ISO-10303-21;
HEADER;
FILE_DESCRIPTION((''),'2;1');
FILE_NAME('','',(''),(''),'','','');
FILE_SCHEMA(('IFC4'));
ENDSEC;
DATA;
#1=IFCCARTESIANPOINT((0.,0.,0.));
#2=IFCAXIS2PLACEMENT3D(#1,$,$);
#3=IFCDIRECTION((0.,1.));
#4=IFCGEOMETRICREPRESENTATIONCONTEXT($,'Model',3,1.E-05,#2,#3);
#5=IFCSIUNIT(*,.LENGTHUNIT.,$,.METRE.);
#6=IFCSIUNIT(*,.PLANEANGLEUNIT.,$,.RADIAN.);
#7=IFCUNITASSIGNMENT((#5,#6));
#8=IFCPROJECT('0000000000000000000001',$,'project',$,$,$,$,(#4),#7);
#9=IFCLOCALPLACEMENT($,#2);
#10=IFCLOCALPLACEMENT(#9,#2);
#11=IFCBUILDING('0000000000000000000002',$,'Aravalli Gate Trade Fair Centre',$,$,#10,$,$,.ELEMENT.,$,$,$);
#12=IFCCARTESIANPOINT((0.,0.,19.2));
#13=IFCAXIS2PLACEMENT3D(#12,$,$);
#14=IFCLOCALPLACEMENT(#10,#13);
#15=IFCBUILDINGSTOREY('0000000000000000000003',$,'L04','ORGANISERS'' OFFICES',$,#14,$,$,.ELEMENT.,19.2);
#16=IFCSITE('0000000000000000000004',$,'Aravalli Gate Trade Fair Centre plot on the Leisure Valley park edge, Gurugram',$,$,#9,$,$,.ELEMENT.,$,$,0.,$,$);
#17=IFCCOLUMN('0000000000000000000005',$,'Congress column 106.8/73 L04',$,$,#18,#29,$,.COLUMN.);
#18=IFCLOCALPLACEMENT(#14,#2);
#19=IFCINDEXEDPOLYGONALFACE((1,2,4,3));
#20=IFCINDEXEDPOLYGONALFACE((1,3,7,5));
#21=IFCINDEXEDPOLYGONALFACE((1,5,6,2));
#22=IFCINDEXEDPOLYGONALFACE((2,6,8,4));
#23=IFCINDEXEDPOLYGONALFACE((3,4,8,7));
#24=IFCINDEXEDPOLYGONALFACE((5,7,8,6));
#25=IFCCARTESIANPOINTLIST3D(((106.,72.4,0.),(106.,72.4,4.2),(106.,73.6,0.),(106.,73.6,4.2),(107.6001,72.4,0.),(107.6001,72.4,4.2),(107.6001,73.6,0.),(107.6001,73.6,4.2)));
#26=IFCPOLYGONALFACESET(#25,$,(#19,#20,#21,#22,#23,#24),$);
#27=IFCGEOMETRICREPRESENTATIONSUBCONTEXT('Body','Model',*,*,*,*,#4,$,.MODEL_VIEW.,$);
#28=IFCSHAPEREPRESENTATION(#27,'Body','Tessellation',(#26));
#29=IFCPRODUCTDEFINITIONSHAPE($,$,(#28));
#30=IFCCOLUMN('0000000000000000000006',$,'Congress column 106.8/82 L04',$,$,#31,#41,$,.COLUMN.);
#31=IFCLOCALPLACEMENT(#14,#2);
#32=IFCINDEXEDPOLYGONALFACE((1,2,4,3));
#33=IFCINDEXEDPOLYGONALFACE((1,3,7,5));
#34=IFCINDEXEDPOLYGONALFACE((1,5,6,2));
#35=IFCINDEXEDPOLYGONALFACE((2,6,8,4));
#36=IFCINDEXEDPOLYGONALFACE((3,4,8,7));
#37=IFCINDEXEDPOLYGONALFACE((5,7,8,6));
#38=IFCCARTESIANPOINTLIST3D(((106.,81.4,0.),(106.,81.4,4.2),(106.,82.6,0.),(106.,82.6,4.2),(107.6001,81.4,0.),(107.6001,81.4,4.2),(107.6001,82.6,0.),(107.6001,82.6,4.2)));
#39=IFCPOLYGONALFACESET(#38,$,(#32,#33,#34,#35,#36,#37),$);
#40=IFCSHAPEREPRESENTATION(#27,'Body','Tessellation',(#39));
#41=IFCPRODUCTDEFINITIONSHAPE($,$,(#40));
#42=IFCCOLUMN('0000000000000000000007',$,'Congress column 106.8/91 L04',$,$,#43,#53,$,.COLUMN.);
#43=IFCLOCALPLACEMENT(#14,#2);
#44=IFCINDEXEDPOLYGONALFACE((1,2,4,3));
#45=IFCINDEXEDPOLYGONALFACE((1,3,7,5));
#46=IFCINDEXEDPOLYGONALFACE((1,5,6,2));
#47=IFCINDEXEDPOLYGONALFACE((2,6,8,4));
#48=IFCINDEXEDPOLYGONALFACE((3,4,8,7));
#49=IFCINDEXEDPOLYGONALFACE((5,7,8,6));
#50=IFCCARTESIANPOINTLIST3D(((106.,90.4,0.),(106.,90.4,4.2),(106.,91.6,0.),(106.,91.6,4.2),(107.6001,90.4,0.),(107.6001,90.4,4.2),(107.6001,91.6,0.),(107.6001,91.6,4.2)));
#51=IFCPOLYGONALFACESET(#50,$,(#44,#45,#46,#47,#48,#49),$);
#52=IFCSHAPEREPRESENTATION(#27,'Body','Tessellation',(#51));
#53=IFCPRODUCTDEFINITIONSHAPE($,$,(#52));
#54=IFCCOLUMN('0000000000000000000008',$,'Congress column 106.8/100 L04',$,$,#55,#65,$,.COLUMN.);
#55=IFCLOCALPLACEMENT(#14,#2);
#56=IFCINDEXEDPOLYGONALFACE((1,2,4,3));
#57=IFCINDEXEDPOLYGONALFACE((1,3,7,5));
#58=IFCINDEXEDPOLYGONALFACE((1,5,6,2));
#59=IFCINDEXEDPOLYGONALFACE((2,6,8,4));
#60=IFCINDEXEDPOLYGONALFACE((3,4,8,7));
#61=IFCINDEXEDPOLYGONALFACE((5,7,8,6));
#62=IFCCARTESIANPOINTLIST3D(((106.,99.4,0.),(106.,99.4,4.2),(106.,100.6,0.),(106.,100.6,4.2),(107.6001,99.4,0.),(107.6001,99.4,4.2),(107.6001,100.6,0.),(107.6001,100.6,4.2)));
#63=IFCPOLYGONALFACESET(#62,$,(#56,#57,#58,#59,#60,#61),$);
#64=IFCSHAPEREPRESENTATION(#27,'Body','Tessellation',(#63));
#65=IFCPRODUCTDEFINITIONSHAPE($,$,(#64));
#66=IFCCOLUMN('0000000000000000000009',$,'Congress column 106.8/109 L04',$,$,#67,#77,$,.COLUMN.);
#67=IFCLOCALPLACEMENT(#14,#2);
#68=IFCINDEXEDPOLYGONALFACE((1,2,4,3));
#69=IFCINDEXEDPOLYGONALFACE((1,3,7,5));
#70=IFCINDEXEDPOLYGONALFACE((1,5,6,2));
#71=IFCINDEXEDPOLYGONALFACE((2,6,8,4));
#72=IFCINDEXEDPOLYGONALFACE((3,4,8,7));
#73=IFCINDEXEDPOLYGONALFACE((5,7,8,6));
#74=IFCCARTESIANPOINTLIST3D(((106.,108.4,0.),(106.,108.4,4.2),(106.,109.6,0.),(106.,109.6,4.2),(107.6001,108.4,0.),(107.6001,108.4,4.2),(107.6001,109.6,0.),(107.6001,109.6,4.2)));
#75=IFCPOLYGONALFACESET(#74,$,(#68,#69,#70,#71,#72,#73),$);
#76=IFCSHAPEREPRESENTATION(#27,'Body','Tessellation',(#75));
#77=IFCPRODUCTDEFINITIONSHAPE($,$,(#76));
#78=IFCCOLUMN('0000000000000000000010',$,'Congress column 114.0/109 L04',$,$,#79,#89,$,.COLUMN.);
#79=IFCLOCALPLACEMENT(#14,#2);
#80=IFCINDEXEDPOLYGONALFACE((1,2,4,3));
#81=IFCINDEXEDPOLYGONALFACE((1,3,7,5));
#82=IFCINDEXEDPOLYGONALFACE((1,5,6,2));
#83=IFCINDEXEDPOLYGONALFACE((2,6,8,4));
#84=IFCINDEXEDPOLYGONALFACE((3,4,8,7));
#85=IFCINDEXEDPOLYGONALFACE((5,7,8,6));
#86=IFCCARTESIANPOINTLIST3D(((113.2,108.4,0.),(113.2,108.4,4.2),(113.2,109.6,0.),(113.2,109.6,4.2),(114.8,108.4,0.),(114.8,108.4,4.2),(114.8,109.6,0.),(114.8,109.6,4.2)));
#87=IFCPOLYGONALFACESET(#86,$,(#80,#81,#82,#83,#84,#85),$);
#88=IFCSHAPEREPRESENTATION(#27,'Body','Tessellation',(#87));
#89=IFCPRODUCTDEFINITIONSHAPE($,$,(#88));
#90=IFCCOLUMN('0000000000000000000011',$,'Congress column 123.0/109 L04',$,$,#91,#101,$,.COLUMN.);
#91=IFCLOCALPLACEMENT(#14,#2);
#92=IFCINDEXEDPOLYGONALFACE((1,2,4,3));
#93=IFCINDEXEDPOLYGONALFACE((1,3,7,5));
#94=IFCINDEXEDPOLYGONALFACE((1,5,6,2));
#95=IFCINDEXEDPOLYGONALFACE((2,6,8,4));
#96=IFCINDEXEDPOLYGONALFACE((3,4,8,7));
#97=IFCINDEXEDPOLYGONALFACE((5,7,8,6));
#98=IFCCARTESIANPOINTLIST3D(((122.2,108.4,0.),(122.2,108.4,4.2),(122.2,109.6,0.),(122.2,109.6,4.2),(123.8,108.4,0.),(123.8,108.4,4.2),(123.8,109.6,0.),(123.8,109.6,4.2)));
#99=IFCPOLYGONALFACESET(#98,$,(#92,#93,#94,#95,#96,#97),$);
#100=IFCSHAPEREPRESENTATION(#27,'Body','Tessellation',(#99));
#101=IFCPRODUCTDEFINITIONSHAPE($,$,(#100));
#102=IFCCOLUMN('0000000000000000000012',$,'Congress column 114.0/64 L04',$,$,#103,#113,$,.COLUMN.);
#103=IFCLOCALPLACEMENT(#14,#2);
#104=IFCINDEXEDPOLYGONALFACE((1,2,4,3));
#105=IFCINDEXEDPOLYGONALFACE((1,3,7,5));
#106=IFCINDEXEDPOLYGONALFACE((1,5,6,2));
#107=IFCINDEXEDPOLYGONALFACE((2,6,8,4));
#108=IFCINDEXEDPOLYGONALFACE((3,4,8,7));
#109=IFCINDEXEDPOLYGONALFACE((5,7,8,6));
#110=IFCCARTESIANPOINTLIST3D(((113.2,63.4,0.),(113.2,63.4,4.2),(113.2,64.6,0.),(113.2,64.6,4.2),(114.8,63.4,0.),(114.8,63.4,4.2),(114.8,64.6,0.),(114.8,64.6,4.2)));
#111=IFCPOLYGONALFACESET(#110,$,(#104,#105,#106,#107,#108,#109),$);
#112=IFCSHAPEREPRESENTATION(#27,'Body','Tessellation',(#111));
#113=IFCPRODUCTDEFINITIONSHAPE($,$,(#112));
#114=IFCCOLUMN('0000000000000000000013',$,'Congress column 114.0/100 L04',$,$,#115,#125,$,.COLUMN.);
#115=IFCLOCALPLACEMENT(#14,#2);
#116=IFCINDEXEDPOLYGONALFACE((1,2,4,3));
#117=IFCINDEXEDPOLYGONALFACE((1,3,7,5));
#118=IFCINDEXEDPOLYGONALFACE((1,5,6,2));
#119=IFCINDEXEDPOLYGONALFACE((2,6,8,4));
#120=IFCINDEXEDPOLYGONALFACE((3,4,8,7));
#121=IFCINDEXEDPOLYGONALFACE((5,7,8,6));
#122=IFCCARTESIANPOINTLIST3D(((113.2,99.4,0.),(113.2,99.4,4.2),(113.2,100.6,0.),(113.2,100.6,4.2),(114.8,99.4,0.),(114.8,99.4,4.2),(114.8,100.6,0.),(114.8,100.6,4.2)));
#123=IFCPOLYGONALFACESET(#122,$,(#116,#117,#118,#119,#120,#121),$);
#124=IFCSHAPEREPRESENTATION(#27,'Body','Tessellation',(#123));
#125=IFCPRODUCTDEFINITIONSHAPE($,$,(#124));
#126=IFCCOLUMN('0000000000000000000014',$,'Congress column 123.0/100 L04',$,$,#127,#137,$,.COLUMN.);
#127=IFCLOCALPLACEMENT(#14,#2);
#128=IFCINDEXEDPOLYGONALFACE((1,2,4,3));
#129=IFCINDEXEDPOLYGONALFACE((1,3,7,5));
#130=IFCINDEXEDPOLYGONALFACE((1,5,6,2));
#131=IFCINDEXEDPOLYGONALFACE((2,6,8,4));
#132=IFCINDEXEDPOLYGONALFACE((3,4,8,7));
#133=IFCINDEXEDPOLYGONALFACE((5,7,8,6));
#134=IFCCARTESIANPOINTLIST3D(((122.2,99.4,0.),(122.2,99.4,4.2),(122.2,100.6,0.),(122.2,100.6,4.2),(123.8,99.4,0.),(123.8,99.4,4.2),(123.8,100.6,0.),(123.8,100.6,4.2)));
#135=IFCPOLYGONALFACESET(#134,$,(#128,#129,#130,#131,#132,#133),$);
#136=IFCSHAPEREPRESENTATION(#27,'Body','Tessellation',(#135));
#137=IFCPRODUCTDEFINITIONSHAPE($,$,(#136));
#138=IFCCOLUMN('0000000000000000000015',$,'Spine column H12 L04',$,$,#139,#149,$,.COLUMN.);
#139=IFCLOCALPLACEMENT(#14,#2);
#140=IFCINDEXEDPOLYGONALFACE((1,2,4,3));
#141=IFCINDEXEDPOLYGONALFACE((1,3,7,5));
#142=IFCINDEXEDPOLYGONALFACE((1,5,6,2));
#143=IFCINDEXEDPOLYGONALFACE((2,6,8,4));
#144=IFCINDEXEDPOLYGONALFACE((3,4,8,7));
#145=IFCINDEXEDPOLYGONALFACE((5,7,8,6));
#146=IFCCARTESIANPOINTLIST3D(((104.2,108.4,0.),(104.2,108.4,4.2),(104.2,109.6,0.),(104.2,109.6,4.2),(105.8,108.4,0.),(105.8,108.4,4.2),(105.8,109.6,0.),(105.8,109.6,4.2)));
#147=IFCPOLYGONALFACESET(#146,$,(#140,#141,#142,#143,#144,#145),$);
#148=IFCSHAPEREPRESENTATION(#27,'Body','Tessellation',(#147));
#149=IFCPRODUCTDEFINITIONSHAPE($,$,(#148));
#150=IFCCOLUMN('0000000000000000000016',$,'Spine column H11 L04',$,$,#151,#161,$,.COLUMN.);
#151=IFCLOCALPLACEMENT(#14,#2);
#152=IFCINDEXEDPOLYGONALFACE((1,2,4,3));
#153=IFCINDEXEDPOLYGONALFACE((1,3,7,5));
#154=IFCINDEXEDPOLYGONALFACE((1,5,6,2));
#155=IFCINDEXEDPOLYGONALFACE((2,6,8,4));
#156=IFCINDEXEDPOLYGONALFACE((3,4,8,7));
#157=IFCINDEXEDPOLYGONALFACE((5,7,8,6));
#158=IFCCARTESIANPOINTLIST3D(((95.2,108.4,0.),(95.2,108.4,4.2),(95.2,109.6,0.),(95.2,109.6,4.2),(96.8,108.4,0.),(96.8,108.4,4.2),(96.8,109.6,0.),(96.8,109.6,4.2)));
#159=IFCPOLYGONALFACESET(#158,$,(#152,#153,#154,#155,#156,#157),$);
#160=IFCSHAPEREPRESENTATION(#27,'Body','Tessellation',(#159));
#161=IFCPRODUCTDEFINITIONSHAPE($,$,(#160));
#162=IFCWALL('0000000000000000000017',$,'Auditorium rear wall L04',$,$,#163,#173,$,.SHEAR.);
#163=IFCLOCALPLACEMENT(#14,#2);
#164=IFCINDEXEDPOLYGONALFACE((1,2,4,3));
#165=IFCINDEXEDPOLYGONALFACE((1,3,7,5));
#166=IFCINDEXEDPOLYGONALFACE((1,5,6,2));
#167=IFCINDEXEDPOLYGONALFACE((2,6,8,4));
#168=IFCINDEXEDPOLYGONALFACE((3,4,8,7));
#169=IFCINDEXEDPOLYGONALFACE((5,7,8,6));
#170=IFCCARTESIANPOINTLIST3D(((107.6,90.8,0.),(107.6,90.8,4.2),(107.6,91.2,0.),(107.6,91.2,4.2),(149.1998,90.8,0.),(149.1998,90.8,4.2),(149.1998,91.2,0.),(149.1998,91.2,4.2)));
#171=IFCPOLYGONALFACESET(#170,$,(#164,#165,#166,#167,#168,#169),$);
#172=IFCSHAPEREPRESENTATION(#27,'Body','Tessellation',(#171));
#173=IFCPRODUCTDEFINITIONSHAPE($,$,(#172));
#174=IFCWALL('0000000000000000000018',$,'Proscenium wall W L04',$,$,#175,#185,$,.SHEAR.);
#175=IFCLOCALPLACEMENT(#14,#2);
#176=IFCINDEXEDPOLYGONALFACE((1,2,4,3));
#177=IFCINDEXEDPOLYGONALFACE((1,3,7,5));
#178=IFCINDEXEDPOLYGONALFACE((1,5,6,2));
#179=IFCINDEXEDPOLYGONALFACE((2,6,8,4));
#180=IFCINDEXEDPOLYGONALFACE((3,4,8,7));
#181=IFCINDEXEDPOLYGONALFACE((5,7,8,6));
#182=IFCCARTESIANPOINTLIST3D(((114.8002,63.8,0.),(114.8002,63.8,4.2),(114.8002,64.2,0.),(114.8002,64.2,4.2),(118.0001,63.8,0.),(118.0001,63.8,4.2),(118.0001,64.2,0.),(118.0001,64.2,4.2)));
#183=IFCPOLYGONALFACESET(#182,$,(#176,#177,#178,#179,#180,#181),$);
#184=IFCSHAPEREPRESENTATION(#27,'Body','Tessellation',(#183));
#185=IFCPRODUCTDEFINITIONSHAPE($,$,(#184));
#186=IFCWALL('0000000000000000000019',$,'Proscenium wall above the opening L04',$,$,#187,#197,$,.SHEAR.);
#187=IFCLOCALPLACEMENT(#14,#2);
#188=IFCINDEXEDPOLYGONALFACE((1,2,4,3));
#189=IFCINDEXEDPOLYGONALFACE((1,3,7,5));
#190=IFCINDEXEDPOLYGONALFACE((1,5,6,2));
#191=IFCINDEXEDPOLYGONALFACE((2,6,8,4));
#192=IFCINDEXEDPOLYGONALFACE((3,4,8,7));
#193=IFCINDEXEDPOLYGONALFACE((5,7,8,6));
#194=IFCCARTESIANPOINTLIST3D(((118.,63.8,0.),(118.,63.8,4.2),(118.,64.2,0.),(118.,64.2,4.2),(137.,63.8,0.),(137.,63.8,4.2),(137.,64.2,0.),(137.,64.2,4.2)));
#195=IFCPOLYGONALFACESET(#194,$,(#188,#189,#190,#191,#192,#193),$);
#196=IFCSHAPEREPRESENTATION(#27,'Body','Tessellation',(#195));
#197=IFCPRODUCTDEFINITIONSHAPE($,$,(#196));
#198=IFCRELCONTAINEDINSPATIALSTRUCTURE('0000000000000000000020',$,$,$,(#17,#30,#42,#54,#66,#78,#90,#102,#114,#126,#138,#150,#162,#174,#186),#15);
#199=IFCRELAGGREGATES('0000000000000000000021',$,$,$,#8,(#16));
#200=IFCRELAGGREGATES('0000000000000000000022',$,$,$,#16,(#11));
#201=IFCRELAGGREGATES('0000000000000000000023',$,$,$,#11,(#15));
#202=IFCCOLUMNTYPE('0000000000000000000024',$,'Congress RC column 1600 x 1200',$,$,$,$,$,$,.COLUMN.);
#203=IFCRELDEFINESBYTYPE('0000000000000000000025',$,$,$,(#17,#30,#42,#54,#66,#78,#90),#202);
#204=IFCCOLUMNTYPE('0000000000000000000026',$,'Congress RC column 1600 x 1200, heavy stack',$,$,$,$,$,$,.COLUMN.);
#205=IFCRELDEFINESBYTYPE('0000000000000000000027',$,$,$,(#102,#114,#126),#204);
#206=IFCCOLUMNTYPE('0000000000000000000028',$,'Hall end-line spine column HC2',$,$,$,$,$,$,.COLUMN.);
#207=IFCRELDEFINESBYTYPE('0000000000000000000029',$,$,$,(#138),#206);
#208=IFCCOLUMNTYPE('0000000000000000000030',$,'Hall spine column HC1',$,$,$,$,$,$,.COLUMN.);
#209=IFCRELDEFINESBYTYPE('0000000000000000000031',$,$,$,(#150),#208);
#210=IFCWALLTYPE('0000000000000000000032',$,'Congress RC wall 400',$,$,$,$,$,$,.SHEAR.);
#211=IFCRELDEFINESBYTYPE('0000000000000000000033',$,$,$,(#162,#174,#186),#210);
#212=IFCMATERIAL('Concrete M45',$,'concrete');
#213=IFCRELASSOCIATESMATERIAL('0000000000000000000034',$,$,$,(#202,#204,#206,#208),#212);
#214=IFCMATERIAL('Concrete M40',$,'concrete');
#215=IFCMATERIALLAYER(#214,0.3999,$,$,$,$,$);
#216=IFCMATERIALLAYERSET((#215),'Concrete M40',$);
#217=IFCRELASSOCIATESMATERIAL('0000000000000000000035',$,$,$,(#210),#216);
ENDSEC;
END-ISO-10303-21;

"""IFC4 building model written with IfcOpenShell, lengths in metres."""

from ifc_helpers import new_model, si_unit, direction, frame, frame_2d, origin, origin_2d, place, context, subcontext, project, spatial, rectangle, extrude, material, layer, layer_set, material_profile, profile_set, type_object, element, save


model = new_model("IFC4")

# Units and contexts
model_context = context("Model", 3, precision=1e-05, world=origin(), true_north=direction((0.0, 1.0)))
body_context = subcontext(model_context, "Body", "Model", "MODEL_VIEW")
ifc_project = project(units=[si_unit("LENGTHUNIT", "METRE"), si_unit("PLANEANGLEUNIT", "RADIAN")], contexts=[model_context])

# Site, building, storey
site_placement = place(None, origin())
site = spatial("IfcSite", under=ifc_project, at=site_placement, Name="Aravalli Gate Trade Fair Centre plot on the Leisure Valley park edge, Gurugram", CompositionType="ELEMENT", RefElevation=0.0)
building_placement = place(site_placement, origin())
building = spatial("IfcBuilding", under=site, at=building_placement, Name="Aravalli Gate Trade Fair Centre", CompositionType="ELEMENT")
storey_placement = place(building_placement, frame((0.0, 0.0, 19.2)))
storey = spatial("IfcBuildingStorey", under=building, at=storey_placement, Name="L04", Description="ORGANISERS' OFFICES", CompositionType="ELEMENT", Elevation=19.2)

# Columns
ifc_material_1 = material(Name="Concrete M45", Category="concrete")
ifc_material_profile_1 = material_profile(ifc_material_1, rectangle(XDim=1.6001, YDim=1.2, at=origin_2d()), Name="RC 1600x1200")
ifc_profile_set_1 = profile_set([ifc_material_profile_1], Name="Concrete M45")
column_type_1 = type_object("IfcColumnType", Name="Congress RC column 1600 x 1200", PredefinedType="COLUMN", material=ifc_profile_set_1)
for number, where, z_axis, x_axis, name in (
    (1, (106.8, 73.0, 0.0), (0.0, 0.0, 1.0), (1.0, 0.0, 0.0), "Congress column 106.8/73 L04"),
    (2, (106.8, 82.0, 0.0), (0.0, 0.0, 1.0), (1.0, 0.0, 0.0), "Congress column 106.8/82 L04"),
    (3, (106.8, 91.0, 0.0), (0.0, 0.0, 1.0), (1.0, 0.0, 0.0), "Congress column 106.8/91 L04"),
    (4, (106.8, 100.0, 0.0), (0.0, 0.0, 1.0), (1.0, 0.0, 0.0), "Congress column 106.8/100 L04"),
    (5, (106.8, 109.0, 0.0), (0.0, 0.0, 1.0), (1.0, 0.0, 0.0), "Congress column 106.8/109 L04"),
    (6, (114.0, 109.0, 0.0), (0.0, 0.0, 1.0), (1.0, 0.0, 0.0), "Congress column 114.0/109 L04"),
    (7, (123.0, 109.0, 0.0), (0.0, 0.0, 1.0), (1.0, 0.0, 0.0), "Congress column 123.0/109 L04"),
):
    element("IfcColumn", number, at=place(storey_placement, frame(where, z_axis=z_axis, x_axis=x_axis)), inside=storey, type_object=column_type_1, Name=name, PredefinedType="COLUMN", context=body_context, shape_type="SweptSolid", body=[
        extrude(rectangle(XDim=1.6001, YDim=1.2, at=origin_2d()), origin(), (0.0, 0.0, 1.0), 4.2),
    ])
ifc_material_profile_2 = material_profile(ifc_material_1, rectangle(XDim=1.6001, YDim=1.2, at=origin_2d()), Name="RC 1600x1200")
ifc_profile_set_2 = profile_set([ifc_material_profile_2], Name="Concrete M45")
column_type_2 = type_object("IfcColumnType", Name="Congress RC column 1600 x 1200, heavy stack", PredefinedType="COLUMN", material=ifc_profile_set_2)
for number, where, z_axis, x_axis, name in (
    (8, (114.0, 64.0, 0.0), (0.0, 0.0, 1.0), (1.0, 0.0, 0.0), "Congress column 114.0/64 L04"),
    (9, (114.0, 100.0, 0.0), (0.0, 0.0, 1.0), (1.0, 0.0, 0.0), "Congress column 114.0/100 L04"),
    (10, (123.0, 100.0, 0.0), (0.0, 0.0, 1.0), (1.0, 0.0, 0.0), "Congress column 123.0/100 L04"),
):
    element("IfcColumn", number, at=place(storey_placement, frame(where, z_axis=z_axis, x_axis=x_axis)), inside=storey, type_object=column_type_2, Name=name, PredefinedType="COLUMN", context=body_context, shape_type="SweptSolid", body=[
        extrude(rectangle(XDim=1.6001, YDim=1.2, at=origin_2d()), origin(), (0.0, 0.0, 1.0), 4.2),
    ])
ifc_material_profile_3 = material_profile(ifc_material_1, rectangle(XDim=1.6001, YDim=1.2, at=origin_2d()), Name="RC 1600x1200")
ifc_profile_set_3 = profile_set([ifc_material_profile_3], Name="Concrete M45")
column_type_3 = type_object("IfcColumnType", Name="Hall end-line spine column HC2", PredefinedType="COLUMN", material=ifc_profile_set_3)
column_1_placement = place(storey_placement, frame((105.0, 109.0, 0.0), z_axis=(0.0, 0.0, 1.0), x_axis=(1.0, 0.0, 0.0)))
element("IfcColumn", 11, at=column_1_placement, inside=storey, type_object=column_type_3, Name="Spine column H12 L04", PredefinedType="COLUMN", context=body_context, shape_type="SweptSolid", body=[
    extrude(rectangle(XDim=1.6001, YDim=1.2, at=origin_2d()), origin(), (0.0, 0.0, 1.0), 4.2),
])
ifc_material_profile_4 = material_profile(ifc_material_1, rectangle(XDim=1.6001, YDim=1.2, at=origin_2d()), Name="RC 1600x1200")
ifc_profile_set_4 = profile_set([ifc_material_profile_4], Name="Concrete M45")
column_type_4 = type_object("IfcColumnType", Name="Hall spine column HC1", PredefinedType="COLUMN", material=ifc_profile_set_4)
column_2_placement = place(storey_placement, frame((96.0, 109.0, 0.0), z_axis=(0.0, 0.0, 1.0), x_axis=(1.0, 0.0, 0.0)))
element("IfcColumn", 12, at=column_2_placement, inside=storey, type_object=column_type_4, Name="Spine column H11 L04", PredefinedType="COLUMN", context=body_context, shape_type="SweptSolid", body=[
    extrude(rectangle(XDim=1.6001, YDim=1.2, at=origin_2d()), origin(), (0.0, 0.0, 1.0), 4.2),
])

# Walls
ifc_material_2 = material(Name="Concrete M40", Category="concrete")
ifc_layer_1 = layer(ifc_material_2, 0.3999)
ifc_layer_set_1 = layer_set([ifc_layer_1], Name="Concrete M40")
wall_type_1 = type_object("IfcWallType", Name="Congress RC wall 400", PredefinedType="SHEAR", material=ifc_layer_set_1)
wall_1_placement = place(storey_placement, frame((107.6001, 91.0, 0.0), z_axis=(0.0, 0.0, 1.0), x_axis=(1.0, 0.0, 0.0)))
element("IfcWall", 13, at=wall_1_placement, inside=storey, type_object=wall_type_1, Name="Auditorium rear wall L04", PredefinedType="SHEAR", context=body_context, shape_type="SweptSolid", body=[
    extrude(rectangle(XDim=41.5999, YDim=0.3999, at=frame_2d((20.7998, 0.0))), origin(), (0.0, 0.0, 1.0), 4.2),
])
wall_2_placement = place(storey_placement, frame((114.8, 64.0, 0.0), z_axis=(0.0, 0.0, 1.0), x_axis=(1.0, 0.0, 0.0)))
element("IfcWall", 14, at=wall_2_placement, inside=storey, type_object=wall_type_1, Name="Proscenium wall W L04", PredefinedType="SHEAR", context=body_context, shape_type="SweptSolid", body=[
    extrude(rectangle(XDim=3.2, YDim=0.3999, at=frame_2d((1.6001, 0.0))), origin(), (0.0, 0.0, 1.0), 4.2),
])
wall_3_placement = place(storey_placement, frame((118.0, 64.0, 0.0), z_axis=(0.0, 0.0, 1.0), x_axis=(1.0, 0.0, 0.0)))
element("IfcWall", 15, at=wall_3_placement, inside=storey, type_object=wall_type_1, Name="Proscenium wall above the opening L04", PredefinedType="SHEAR", context=body_context, shape_type="SweptSolid", body=[
    extrude(rectangle(XDim=19.0, YDim=0.3999, at=frame_2d((9.5, 0.0))), origin(), (0.0, 0.0, 1.0), 4.2),
])

save(model, "model.ifc")
